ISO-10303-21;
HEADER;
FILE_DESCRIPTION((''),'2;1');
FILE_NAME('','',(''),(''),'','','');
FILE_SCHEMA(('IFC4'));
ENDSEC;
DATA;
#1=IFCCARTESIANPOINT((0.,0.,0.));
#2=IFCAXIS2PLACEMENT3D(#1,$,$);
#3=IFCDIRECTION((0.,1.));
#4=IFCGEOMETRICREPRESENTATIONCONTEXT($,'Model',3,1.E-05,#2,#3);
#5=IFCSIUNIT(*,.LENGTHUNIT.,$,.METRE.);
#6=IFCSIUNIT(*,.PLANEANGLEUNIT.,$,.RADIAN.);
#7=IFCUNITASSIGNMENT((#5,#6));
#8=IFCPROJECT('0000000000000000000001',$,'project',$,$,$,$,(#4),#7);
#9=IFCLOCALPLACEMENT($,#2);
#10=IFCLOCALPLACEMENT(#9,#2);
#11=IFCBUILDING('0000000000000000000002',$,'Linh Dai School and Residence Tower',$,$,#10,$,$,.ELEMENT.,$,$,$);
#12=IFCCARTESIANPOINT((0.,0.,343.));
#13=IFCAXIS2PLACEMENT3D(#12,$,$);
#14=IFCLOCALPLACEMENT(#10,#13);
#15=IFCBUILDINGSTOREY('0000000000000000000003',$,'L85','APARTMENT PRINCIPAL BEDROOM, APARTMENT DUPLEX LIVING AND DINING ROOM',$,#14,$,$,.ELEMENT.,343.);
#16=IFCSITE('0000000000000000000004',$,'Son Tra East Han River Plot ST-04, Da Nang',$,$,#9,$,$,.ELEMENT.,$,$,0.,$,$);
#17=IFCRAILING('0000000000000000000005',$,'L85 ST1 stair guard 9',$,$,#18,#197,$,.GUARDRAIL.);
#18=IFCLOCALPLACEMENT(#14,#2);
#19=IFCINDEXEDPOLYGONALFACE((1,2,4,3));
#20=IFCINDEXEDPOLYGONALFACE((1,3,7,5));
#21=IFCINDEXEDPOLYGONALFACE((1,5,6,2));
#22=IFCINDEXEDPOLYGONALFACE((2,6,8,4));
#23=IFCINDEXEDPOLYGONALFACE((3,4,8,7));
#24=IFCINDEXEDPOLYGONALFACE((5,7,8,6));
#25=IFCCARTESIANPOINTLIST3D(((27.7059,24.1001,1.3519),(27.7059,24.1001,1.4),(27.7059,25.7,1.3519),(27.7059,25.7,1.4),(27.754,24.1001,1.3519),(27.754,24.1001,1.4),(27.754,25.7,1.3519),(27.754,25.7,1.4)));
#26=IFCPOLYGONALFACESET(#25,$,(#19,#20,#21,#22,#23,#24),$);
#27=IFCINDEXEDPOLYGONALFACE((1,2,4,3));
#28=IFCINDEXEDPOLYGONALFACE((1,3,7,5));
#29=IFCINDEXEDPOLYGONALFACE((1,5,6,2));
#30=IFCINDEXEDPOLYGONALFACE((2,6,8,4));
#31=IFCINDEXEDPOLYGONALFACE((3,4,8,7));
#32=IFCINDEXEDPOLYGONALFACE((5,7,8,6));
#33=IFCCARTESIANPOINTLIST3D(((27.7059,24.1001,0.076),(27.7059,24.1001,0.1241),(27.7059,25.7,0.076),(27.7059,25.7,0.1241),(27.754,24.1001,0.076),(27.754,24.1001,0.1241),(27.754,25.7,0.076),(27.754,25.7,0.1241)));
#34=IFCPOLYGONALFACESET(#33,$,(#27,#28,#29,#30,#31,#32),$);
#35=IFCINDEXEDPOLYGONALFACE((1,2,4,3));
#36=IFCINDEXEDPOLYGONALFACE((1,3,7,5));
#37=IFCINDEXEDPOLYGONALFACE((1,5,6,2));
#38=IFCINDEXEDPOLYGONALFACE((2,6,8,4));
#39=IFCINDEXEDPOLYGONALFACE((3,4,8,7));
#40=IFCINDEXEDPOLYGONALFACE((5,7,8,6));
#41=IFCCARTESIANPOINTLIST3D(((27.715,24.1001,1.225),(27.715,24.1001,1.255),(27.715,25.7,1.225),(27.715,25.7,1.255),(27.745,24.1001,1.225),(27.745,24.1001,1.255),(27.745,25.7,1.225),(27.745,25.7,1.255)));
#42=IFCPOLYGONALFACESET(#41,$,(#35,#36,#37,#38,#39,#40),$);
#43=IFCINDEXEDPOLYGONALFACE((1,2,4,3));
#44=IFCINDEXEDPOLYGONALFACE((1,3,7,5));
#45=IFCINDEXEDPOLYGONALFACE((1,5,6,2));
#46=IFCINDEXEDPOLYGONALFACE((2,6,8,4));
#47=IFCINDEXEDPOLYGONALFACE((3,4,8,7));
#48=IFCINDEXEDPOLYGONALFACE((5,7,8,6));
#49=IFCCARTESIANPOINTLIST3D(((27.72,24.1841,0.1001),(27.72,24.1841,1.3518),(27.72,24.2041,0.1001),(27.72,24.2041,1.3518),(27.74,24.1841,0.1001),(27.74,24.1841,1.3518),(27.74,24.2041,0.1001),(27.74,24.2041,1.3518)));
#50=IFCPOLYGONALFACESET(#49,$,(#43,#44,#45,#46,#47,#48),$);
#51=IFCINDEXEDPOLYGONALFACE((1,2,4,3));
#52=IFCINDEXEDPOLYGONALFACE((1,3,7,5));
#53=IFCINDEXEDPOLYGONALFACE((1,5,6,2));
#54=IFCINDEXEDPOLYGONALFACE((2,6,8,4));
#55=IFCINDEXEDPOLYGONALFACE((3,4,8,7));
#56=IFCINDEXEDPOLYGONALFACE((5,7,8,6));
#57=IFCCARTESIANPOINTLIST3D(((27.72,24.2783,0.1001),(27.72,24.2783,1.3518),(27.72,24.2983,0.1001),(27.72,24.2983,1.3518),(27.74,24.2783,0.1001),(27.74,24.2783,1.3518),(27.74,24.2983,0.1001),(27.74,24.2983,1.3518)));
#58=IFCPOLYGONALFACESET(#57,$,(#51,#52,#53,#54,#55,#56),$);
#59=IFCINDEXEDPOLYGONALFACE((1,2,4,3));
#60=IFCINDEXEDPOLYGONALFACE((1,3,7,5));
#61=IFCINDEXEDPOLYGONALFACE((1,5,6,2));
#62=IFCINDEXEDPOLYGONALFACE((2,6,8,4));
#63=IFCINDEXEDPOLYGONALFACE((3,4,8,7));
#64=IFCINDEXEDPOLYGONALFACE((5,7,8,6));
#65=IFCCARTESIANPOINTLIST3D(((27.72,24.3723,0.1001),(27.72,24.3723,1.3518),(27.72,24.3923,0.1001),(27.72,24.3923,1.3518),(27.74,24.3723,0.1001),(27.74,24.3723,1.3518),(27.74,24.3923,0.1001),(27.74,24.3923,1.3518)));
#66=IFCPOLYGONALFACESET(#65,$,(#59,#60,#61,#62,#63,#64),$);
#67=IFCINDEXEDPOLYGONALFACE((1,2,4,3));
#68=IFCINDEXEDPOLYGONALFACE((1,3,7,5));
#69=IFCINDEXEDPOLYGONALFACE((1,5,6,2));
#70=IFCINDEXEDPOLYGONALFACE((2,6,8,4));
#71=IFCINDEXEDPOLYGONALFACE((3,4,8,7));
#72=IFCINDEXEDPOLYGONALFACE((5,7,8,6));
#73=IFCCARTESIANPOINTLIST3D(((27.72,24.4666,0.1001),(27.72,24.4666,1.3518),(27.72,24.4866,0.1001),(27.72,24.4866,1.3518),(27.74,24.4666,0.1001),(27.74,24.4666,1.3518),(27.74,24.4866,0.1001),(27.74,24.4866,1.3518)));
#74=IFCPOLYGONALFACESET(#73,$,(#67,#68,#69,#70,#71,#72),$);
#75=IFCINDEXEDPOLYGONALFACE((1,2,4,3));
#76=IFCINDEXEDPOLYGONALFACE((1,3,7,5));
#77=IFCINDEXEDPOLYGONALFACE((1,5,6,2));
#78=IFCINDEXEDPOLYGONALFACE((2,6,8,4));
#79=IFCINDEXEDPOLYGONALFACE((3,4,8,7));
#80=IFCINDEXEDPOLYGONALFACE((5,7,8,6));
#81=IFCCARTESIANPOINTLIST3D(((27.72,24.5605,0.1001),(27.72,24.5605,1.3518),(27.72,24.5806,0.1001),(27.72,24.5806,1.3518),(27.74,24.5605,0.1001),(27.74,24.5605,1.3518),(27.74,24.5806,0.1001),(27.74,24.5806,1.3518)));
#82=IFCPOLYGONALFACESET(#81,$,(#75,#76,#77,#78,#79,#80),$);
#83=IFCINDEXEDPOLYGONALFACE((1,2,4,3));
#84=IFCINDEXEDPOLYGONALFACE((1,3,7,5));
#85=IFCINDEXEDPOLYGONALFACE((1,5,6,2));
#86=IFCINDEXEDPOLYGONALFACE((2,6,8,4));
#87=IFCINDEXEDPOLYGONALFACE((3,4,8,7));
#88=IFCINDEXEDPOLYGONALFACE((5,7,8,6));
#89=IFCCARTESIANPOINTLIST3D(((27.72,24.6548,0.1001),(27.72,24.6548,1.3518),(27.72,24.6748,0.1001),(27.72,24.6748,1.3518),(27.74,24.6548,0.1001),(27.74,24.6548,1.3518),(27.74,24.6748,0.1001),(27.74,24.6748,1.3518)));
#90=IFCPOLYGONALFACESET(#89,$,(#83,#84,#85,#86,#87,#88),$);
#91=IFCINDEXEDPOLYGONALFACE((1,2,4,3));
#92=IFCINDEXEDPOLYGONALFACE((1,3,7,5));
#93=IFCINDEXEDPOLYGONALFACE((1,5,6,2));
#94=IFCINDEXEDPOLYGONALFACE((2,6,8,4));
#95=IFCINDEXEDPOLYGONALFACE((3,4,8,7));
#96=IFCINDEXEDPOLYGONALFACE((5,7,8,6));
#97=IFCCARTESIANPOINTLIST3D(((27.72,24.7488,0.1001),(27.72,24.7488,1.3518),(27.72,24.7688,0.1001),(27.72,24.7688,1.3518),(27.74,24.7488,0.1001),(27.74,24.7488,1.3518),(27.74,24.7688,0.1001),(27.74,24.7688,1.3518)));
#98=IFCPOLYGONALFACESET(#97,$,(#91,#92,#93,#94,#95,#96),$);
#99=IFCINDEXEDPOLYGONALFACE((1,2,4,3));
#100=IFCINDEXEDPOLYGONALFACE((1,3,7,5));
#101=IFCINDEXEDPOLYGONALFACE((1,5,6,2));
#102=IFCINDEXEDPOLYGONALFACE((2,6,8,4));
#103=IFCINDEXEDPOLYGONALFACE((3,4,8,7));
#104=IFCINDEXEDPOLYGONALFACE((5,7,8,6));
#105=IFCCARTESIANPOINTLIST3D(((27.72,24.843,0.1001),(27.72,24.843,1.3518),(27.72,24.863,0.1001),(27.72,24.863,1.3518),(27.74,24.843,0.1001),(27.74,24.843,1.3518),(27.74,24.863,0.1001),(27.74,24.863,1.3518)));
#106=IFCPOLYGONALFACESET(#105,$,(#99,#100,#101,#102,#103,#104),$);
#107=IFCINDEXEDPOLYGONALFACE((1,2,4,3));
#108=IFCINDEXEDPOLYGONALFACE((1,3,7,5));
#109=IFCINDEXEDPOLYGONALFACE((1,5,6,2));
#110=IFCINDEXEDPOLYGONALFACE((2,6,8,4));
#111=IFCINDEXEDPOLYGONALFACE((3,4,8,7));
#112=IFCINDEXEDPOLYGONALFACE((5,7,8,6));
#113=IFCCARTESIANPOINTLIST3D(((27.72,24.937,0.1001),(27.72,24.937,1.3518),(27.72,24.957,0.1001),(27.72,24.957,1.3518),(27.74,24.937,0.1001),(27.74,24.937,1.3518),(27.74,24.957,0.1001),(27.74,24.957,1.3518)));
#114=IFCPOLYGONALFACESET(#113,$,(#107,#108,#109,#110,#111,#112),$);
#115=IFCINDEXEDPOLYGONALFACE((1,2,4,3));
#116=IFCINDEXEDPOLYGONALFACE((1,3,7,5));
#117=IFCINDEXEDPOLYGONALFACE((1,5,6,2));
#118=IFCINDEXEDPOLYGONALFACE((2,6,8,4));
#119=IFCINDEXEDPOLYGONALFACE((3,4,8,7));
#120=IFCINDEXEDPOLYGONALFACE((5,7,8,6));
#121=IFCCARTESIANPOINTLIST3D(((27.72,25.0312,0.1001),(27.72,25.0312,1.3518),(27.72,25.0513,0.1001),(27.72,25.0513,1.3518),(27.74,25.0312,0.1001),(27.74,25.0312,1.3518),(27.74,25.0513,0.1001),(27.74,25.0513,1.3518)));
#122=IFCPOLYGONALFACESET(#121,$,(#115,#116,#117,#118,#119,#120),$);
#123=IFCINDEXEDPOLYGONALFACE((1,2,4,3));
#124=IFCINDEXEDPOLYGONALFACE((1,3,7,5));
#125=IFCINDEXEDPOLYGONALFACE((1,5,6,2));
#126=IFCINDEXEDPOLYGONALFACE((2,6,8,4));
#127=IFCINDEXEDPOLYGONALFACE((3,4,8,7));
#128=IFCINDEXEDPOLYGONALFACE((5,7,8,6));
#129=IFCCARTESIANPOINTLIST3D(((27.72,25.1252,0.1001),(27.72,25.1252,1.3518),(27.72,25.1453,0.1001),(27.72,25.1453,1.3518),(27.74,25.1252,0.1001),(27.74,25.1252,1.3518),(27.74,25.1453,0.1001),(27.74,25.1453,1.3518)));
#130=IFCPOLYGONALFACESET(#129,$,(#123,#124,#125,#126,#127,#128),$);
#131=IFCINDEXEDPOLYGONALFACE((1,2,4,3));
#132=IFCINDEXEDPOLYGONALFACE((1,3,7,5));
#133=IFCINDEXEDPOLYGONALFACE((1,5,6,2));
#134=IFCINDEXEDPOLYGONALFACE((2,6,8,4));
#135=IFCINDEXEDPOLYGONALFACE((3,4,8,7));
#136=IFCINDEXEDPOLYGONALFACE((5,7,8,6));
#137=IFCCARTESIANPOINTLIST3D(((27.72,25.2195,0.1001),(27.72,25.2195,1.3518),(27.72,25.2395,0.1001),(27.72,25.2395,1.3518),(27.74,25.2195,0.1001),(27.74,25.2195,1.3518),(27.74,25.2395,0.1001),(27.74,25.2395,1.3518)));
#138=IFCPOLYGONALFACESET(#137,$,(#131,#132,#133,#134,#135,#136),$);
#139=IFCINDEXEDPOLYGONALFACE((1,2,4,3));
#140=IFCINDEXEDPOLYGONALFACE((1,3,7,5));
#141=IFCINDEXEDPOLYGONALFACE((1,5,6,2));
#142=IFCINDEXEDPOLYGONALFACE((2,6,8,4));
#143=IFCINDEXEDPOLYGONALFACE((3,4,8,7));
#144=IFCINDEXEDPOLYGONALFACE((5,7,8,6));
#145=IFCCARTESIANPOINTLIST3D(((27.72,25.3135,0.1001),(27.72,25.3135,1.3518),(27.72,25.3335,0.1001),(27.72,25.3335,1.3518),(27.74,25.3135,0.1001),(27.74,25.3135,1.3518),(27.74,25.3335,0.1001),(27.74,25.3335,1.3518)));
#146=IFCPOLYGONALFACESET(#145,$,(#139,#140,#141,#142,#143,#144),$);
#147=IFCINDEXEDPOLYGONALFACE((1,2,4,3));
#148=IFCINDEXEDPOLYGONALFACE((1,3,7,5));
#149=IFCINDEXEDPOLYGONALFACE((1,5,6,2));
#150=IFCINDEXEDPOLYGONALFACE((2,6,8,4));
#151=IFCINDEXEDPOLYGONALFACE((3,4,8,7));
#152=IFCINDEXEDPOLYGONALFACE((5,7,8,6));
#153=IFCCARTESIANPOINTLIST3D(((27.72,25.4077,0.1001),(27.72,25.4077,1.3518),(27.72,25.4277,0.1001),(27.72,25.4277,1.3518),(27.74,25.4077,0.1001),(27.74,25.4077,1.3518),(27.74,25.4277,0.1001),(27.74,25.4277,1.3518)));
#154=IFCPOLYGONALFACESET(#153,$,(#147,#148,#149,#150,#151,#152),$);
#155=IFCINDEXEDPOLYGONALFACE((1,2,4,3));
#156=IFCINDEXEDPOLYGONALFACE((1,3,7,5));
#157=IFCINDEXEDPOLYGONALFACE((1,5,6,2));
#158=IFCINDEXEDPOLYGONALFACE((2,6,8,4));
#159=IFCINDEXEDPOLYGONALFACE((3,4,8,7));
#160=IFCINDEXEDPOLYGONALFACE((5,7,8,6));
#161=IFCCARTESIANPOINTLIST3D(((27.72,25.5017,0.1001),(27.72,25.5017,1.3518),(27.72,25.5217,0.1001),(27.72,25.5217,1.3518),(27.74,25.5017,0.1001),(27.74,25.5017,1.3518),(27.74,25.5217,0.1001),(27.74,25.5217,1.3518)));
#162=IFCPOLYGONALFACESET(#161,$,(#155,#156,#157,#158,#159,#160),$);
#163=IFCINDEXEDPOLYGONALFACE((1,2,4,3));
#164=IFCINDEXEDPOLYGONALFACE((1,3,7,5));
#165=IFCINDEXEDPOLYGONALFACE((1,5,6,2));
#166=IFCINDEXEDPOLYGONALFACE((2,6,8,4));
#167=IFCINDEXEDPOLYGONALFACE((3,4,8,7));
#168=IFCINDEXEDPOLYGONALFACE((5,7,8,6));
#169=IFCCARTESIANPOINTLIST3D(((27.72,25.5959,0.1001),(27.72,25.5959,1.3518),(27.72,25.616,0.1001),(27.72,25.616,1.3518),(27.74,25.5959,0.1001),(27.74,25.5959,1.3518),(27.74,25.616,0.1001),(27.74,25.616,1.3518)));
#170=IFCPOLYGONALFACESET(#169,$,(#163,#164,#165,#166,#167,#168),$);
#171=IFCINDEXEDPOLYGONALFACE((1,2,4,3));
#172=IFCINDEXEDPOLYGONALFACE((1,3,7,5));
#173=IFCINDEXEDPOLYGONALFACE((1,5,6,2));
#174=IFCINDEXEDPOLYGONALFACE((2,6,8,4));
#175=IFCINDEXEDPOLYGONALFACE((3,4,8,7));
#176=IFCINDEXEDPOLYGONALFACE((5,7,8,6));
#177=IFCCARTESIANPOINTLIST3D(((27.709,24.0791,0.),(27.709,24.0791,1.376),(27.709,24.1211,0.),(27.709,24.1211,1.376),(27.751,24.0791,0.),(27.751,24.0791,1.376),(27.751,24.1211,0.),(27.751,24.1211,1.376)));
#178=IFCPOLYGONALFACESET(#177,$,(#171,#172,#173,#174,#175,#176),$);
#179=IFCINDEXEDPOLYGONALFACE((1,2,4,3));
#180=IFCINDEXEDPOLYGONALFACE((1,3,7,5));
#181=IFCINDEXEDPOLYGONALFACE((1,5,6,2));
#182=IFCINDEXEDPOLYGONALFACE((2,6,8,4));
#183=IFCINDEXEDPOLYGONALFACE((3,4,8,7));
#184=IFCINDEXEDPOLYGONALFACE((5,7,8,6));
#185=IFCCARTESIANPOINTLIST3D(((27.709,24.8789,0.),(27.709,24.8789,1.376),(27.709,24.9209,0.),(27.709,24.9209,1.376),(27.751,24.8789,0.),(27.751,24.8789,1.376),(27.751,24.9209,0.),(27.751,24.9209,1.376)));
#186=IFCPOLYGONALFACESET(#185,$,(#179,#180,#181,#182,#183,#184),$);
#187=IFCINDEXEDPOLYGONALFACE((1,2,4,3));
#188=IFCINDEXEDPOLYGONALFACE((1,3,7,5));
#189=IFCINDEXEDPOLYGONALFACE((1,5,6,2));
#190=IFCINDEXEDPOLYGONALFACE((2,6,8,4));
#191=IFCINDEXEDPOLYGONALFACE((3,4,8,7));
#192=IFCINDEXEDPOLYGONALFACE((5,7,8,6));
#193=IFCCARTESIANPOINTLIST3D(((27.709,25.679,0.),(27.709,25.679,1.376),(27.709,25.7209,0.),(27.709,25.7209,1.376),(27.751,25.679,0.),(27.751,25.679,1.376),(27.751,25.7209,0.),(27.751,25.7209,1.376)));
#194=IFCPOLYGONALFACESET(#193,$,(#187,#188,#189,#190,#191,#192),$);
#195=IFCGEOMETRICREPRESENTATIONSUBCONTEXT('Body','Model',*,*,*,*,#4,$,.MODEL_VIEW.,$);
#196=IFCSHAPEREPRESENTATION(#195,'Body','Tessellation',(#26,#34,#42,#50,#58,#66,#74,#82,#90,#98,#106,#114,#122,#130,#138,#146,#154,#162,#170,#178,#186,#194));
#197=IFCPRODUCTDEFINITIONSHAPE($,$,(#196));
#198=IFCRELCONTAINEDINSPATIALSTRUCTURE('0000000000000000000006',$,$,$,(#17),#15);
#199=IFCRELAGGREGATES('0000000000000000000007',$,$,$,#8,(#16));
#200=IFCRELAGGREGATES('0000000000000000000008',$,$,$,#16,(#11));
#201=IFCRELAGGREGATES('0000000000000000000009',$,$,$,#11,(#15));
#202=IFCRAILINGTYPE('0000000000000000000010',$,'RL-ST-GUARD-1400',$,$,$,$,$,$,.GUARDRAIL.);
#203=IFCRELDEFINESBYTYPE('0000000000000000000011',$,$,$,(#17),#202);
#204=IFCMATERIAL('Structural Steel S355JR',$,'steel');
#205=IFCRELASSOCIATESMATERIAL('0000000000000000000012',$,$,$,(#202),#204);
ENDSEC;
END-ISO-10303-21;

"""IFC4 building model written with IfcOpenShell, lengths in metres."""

from ifc_helpers import new_model, si_unit, direction, frame, origin, origin_2d, place, context, subcontext, project, spatial, rectangle, extrude, source, transform, mapped, material, type_object, element, save


model = new_model("IFC4")

# Units and contexts
model_context = context("Model", 3, precision=1e-05, world=origin(), true_north=direction((0.0, 1.0)))
body_context = subcontext(model_context, "Body", "Model", "MODEL_VIEW")
ifc_project = project(units=[si_unit("LENGTHUNIT", "METRE"), si_unit("PLANEANGLEUNIT", "RADIAN")], contexts=[model_context])

# Site, building, storey
site_placement = place(None, origin())
site = spatial("IfcSite", under=ifc_project, at=site_placement, Name="Son Tra East Han River Plot ST-04, Da Nang", CompositionType="ELEMENT", RefElevation=0.0)
building_placement = place(site_placement, origin())
building = spatial("IfcBuilding", under=site, at=building_placement, Name="Linh Dai School and Residence Tower", CompositionType="ELEMENT")
storey_placement = place(building_placement, frame((0.0, 0.0, 343.0)))
storey = spatial("IfcBuildingStorey", under=building, at=storey_placement, Name="L85", Description="APARTMENT PRINCIPAL BEDROOM, APARTMENT DUPLEX LIVING AND DINING ROOM", CompositionType="ELEMENT", Elevation=343.0)

# Shared definitions
ifc_material_1 = material(Name="Structural Steel S355JR", Category="steel")

# Railing
railing_type_1 = type_object("IfcRailingType", Name="RL-ST-GUARD-1400", PredefinedType="GUARDRAIL", material=ifc_material_1)
shared_shape_1 = source(origin(), body_context, "Body", "SweptSolid", [
    extrude(rectangle(XDim=0.0481, YDim=0.0481, at=origin_2d()), frame((0.0, 0.0, 1.376), z_axis=(0.0, 1.0, 0.0), x_axis=(-1.0, 0.0, 0.0)), (0.0, 0.0, 1.0), 1.5999),
    extrude(rectangle(XDim=0.0481, YDim=0.0481, at=origin_2d()), frame((0.0, 0.0, 0.1001), z_axis=(0.0, 1.0, 0.0), x_axis=(-1.0, 0.0, 0.0)), (0.0, 0.0, 1.0), 1.5999),
    extrude(rectangle(XDim=0.03, YDim=0.03, at=origin_2d()), frame((0.0, 0.0, 1.24), z_axis=(0.0, 1.0, 0.0), x_axis=(-1.0, 0.0, 0.0)), (0.0, 0.0, 1.0), 1.5999),
    extrude(rectangle(XDim=0.02, YDim=0.02, at=origin_2d()), frame((0.0, 0.094, 0.1001)), (0.0, 0.0, 1.0), 1.2517),
    extrude(rectangle(XDim=0.02, YDim=0.02, at=origin_2d()), frame((0.0, 0.1882, 0.1001)), (0.0, 0.0, 1.0), 1.2517),
    extrude(rectangle(XDim=0.02, YDim=0.02, at=origin_2d()), frame((0.0, 0.2822, 0.1001)), (0.0, 0.0, 1.0), 1.2517),
    extrude(rectangle(XDim=0.02, YDim=0.02, at=origin_2d()), frame((0.0, 0.3765, 0.1001)), (0.0, 0.0, 1.0), 1.2517),
    extrude(rectangle(XDim=0.02, YDim=0.02, at=origin_2d()), frame((0.0, 0.4705, 0.1001)), (0.0, 0.0, 1.0), 1.2517),
    extrude(rectangle(XDim=0.02, YDim=0.02, at=origin_2d()), frame((0.0, 0.5647, 0.1001)), (0.0, 0.0, 1.0), 1.2517),
    extrude(rectangle(XDim=0.02, YDim=0.02, at=origin_2d()), frame((0.0, 0.6587, 0.1001)), (0.0, 0.0, 1.0), 1.2517),
    extrude(rectangle(XDim=0.02, YDim=0.02, at=origin_2d()), frame((0.0, 0.7529, 0.1001)), (0.0, 0.0, 1.0), 1.2517),
    extrude(rectangle(XDim=0.02, YDim=0.02, at=origin_2d()), frame((0.0, 0.8469, 0.1001)), (0.0, 0.0, 1.0), 1.2517),
    extrude(rectangle(XDim=0.02, YDim=0.02, at=origin_2d()), frame((0.0, 0.9412, 0.1001)), (0.0, 0.0, 1.0), 1.2517),
    extrude(rectangle(XDim=0.02, YDim=0.02, at=origin_2d()), frame((0.0, 1.0352, 0.1001)), (0.0, 0.0, 1.0), 1.2517),
    extrude(rectangle(XDim=0.02, YDim=0.02, at=origin_2d()), frame((0.0, 1.1294, 0.1001)), (0.0, 0.0, 1.0), 1.2517),
    extrude(rectangle(XDim=0.02, YDim=0.02, at=origin_2d()), frame((0.0, 1.2234, 0.1001)), (0.0, 0.0, 1.0), 1.2517),
    extrude(rectangle(XDim=0.02, YDim=0.02, at=origin_2d()), frame((0.0, 1.3176, 0.1001)), (0.0, 0.0, 1.0), 1.2517),
    extrude(rectangle(XDim=0.02, YDim=0.02, at=origin_2d()), frame((0.0, 1.4116, 0.1001)), (0.0, 0.0, 1.0), 1.2517),
    extrude(rectangle(XDim=0.02, YDim=0.02, at=origin_2d()), frame((0.0, 1.5059, 0.1001)), (0.0, 0.0, 1.0), 1.2517),
    extrude(rectangle(XDim=0.042, YDim=0.042, at=origin_2d()), origin(), (0.0, 0.0, 1.0), 1.376),
    extrude(rectangle(XDim=0.042, YDim=0.042, at=origin_2d()), frame((0.0, 0.7998, 0.0)), (0.0, 0.0, 1.0), 1.376),
    extrude(rectangle(XDim=0.042, YDim=0.042, at=origin_2d()), frame((0.0, 1.5999, 0.0)), (0.0, 0.0, 1.0), 1.376),
])
for number, where, name in (
    (1, (27.73, 24.1001, 0.0), "L85 ST1 stair guard 9"),
):
    element("IfcRailing", number, at=place(storey_placement, frame(where)), inside=storey, type_object=railing_type_1, Name=name, PredefinedType="GUARDRAIL", context=body_context, shape_type="MappedRepresentation", body=[
        mapped(shared_shape_1, transform((0.0, 0.0, 0.0), x_axis=(1.0, 0.0, 0.0), y_axis=(0.0, 1.0, 0.0), z_axis=(0.0, 0.0, 1.0), scale=1.0)),
    ])

save(model, "model.ifc")
